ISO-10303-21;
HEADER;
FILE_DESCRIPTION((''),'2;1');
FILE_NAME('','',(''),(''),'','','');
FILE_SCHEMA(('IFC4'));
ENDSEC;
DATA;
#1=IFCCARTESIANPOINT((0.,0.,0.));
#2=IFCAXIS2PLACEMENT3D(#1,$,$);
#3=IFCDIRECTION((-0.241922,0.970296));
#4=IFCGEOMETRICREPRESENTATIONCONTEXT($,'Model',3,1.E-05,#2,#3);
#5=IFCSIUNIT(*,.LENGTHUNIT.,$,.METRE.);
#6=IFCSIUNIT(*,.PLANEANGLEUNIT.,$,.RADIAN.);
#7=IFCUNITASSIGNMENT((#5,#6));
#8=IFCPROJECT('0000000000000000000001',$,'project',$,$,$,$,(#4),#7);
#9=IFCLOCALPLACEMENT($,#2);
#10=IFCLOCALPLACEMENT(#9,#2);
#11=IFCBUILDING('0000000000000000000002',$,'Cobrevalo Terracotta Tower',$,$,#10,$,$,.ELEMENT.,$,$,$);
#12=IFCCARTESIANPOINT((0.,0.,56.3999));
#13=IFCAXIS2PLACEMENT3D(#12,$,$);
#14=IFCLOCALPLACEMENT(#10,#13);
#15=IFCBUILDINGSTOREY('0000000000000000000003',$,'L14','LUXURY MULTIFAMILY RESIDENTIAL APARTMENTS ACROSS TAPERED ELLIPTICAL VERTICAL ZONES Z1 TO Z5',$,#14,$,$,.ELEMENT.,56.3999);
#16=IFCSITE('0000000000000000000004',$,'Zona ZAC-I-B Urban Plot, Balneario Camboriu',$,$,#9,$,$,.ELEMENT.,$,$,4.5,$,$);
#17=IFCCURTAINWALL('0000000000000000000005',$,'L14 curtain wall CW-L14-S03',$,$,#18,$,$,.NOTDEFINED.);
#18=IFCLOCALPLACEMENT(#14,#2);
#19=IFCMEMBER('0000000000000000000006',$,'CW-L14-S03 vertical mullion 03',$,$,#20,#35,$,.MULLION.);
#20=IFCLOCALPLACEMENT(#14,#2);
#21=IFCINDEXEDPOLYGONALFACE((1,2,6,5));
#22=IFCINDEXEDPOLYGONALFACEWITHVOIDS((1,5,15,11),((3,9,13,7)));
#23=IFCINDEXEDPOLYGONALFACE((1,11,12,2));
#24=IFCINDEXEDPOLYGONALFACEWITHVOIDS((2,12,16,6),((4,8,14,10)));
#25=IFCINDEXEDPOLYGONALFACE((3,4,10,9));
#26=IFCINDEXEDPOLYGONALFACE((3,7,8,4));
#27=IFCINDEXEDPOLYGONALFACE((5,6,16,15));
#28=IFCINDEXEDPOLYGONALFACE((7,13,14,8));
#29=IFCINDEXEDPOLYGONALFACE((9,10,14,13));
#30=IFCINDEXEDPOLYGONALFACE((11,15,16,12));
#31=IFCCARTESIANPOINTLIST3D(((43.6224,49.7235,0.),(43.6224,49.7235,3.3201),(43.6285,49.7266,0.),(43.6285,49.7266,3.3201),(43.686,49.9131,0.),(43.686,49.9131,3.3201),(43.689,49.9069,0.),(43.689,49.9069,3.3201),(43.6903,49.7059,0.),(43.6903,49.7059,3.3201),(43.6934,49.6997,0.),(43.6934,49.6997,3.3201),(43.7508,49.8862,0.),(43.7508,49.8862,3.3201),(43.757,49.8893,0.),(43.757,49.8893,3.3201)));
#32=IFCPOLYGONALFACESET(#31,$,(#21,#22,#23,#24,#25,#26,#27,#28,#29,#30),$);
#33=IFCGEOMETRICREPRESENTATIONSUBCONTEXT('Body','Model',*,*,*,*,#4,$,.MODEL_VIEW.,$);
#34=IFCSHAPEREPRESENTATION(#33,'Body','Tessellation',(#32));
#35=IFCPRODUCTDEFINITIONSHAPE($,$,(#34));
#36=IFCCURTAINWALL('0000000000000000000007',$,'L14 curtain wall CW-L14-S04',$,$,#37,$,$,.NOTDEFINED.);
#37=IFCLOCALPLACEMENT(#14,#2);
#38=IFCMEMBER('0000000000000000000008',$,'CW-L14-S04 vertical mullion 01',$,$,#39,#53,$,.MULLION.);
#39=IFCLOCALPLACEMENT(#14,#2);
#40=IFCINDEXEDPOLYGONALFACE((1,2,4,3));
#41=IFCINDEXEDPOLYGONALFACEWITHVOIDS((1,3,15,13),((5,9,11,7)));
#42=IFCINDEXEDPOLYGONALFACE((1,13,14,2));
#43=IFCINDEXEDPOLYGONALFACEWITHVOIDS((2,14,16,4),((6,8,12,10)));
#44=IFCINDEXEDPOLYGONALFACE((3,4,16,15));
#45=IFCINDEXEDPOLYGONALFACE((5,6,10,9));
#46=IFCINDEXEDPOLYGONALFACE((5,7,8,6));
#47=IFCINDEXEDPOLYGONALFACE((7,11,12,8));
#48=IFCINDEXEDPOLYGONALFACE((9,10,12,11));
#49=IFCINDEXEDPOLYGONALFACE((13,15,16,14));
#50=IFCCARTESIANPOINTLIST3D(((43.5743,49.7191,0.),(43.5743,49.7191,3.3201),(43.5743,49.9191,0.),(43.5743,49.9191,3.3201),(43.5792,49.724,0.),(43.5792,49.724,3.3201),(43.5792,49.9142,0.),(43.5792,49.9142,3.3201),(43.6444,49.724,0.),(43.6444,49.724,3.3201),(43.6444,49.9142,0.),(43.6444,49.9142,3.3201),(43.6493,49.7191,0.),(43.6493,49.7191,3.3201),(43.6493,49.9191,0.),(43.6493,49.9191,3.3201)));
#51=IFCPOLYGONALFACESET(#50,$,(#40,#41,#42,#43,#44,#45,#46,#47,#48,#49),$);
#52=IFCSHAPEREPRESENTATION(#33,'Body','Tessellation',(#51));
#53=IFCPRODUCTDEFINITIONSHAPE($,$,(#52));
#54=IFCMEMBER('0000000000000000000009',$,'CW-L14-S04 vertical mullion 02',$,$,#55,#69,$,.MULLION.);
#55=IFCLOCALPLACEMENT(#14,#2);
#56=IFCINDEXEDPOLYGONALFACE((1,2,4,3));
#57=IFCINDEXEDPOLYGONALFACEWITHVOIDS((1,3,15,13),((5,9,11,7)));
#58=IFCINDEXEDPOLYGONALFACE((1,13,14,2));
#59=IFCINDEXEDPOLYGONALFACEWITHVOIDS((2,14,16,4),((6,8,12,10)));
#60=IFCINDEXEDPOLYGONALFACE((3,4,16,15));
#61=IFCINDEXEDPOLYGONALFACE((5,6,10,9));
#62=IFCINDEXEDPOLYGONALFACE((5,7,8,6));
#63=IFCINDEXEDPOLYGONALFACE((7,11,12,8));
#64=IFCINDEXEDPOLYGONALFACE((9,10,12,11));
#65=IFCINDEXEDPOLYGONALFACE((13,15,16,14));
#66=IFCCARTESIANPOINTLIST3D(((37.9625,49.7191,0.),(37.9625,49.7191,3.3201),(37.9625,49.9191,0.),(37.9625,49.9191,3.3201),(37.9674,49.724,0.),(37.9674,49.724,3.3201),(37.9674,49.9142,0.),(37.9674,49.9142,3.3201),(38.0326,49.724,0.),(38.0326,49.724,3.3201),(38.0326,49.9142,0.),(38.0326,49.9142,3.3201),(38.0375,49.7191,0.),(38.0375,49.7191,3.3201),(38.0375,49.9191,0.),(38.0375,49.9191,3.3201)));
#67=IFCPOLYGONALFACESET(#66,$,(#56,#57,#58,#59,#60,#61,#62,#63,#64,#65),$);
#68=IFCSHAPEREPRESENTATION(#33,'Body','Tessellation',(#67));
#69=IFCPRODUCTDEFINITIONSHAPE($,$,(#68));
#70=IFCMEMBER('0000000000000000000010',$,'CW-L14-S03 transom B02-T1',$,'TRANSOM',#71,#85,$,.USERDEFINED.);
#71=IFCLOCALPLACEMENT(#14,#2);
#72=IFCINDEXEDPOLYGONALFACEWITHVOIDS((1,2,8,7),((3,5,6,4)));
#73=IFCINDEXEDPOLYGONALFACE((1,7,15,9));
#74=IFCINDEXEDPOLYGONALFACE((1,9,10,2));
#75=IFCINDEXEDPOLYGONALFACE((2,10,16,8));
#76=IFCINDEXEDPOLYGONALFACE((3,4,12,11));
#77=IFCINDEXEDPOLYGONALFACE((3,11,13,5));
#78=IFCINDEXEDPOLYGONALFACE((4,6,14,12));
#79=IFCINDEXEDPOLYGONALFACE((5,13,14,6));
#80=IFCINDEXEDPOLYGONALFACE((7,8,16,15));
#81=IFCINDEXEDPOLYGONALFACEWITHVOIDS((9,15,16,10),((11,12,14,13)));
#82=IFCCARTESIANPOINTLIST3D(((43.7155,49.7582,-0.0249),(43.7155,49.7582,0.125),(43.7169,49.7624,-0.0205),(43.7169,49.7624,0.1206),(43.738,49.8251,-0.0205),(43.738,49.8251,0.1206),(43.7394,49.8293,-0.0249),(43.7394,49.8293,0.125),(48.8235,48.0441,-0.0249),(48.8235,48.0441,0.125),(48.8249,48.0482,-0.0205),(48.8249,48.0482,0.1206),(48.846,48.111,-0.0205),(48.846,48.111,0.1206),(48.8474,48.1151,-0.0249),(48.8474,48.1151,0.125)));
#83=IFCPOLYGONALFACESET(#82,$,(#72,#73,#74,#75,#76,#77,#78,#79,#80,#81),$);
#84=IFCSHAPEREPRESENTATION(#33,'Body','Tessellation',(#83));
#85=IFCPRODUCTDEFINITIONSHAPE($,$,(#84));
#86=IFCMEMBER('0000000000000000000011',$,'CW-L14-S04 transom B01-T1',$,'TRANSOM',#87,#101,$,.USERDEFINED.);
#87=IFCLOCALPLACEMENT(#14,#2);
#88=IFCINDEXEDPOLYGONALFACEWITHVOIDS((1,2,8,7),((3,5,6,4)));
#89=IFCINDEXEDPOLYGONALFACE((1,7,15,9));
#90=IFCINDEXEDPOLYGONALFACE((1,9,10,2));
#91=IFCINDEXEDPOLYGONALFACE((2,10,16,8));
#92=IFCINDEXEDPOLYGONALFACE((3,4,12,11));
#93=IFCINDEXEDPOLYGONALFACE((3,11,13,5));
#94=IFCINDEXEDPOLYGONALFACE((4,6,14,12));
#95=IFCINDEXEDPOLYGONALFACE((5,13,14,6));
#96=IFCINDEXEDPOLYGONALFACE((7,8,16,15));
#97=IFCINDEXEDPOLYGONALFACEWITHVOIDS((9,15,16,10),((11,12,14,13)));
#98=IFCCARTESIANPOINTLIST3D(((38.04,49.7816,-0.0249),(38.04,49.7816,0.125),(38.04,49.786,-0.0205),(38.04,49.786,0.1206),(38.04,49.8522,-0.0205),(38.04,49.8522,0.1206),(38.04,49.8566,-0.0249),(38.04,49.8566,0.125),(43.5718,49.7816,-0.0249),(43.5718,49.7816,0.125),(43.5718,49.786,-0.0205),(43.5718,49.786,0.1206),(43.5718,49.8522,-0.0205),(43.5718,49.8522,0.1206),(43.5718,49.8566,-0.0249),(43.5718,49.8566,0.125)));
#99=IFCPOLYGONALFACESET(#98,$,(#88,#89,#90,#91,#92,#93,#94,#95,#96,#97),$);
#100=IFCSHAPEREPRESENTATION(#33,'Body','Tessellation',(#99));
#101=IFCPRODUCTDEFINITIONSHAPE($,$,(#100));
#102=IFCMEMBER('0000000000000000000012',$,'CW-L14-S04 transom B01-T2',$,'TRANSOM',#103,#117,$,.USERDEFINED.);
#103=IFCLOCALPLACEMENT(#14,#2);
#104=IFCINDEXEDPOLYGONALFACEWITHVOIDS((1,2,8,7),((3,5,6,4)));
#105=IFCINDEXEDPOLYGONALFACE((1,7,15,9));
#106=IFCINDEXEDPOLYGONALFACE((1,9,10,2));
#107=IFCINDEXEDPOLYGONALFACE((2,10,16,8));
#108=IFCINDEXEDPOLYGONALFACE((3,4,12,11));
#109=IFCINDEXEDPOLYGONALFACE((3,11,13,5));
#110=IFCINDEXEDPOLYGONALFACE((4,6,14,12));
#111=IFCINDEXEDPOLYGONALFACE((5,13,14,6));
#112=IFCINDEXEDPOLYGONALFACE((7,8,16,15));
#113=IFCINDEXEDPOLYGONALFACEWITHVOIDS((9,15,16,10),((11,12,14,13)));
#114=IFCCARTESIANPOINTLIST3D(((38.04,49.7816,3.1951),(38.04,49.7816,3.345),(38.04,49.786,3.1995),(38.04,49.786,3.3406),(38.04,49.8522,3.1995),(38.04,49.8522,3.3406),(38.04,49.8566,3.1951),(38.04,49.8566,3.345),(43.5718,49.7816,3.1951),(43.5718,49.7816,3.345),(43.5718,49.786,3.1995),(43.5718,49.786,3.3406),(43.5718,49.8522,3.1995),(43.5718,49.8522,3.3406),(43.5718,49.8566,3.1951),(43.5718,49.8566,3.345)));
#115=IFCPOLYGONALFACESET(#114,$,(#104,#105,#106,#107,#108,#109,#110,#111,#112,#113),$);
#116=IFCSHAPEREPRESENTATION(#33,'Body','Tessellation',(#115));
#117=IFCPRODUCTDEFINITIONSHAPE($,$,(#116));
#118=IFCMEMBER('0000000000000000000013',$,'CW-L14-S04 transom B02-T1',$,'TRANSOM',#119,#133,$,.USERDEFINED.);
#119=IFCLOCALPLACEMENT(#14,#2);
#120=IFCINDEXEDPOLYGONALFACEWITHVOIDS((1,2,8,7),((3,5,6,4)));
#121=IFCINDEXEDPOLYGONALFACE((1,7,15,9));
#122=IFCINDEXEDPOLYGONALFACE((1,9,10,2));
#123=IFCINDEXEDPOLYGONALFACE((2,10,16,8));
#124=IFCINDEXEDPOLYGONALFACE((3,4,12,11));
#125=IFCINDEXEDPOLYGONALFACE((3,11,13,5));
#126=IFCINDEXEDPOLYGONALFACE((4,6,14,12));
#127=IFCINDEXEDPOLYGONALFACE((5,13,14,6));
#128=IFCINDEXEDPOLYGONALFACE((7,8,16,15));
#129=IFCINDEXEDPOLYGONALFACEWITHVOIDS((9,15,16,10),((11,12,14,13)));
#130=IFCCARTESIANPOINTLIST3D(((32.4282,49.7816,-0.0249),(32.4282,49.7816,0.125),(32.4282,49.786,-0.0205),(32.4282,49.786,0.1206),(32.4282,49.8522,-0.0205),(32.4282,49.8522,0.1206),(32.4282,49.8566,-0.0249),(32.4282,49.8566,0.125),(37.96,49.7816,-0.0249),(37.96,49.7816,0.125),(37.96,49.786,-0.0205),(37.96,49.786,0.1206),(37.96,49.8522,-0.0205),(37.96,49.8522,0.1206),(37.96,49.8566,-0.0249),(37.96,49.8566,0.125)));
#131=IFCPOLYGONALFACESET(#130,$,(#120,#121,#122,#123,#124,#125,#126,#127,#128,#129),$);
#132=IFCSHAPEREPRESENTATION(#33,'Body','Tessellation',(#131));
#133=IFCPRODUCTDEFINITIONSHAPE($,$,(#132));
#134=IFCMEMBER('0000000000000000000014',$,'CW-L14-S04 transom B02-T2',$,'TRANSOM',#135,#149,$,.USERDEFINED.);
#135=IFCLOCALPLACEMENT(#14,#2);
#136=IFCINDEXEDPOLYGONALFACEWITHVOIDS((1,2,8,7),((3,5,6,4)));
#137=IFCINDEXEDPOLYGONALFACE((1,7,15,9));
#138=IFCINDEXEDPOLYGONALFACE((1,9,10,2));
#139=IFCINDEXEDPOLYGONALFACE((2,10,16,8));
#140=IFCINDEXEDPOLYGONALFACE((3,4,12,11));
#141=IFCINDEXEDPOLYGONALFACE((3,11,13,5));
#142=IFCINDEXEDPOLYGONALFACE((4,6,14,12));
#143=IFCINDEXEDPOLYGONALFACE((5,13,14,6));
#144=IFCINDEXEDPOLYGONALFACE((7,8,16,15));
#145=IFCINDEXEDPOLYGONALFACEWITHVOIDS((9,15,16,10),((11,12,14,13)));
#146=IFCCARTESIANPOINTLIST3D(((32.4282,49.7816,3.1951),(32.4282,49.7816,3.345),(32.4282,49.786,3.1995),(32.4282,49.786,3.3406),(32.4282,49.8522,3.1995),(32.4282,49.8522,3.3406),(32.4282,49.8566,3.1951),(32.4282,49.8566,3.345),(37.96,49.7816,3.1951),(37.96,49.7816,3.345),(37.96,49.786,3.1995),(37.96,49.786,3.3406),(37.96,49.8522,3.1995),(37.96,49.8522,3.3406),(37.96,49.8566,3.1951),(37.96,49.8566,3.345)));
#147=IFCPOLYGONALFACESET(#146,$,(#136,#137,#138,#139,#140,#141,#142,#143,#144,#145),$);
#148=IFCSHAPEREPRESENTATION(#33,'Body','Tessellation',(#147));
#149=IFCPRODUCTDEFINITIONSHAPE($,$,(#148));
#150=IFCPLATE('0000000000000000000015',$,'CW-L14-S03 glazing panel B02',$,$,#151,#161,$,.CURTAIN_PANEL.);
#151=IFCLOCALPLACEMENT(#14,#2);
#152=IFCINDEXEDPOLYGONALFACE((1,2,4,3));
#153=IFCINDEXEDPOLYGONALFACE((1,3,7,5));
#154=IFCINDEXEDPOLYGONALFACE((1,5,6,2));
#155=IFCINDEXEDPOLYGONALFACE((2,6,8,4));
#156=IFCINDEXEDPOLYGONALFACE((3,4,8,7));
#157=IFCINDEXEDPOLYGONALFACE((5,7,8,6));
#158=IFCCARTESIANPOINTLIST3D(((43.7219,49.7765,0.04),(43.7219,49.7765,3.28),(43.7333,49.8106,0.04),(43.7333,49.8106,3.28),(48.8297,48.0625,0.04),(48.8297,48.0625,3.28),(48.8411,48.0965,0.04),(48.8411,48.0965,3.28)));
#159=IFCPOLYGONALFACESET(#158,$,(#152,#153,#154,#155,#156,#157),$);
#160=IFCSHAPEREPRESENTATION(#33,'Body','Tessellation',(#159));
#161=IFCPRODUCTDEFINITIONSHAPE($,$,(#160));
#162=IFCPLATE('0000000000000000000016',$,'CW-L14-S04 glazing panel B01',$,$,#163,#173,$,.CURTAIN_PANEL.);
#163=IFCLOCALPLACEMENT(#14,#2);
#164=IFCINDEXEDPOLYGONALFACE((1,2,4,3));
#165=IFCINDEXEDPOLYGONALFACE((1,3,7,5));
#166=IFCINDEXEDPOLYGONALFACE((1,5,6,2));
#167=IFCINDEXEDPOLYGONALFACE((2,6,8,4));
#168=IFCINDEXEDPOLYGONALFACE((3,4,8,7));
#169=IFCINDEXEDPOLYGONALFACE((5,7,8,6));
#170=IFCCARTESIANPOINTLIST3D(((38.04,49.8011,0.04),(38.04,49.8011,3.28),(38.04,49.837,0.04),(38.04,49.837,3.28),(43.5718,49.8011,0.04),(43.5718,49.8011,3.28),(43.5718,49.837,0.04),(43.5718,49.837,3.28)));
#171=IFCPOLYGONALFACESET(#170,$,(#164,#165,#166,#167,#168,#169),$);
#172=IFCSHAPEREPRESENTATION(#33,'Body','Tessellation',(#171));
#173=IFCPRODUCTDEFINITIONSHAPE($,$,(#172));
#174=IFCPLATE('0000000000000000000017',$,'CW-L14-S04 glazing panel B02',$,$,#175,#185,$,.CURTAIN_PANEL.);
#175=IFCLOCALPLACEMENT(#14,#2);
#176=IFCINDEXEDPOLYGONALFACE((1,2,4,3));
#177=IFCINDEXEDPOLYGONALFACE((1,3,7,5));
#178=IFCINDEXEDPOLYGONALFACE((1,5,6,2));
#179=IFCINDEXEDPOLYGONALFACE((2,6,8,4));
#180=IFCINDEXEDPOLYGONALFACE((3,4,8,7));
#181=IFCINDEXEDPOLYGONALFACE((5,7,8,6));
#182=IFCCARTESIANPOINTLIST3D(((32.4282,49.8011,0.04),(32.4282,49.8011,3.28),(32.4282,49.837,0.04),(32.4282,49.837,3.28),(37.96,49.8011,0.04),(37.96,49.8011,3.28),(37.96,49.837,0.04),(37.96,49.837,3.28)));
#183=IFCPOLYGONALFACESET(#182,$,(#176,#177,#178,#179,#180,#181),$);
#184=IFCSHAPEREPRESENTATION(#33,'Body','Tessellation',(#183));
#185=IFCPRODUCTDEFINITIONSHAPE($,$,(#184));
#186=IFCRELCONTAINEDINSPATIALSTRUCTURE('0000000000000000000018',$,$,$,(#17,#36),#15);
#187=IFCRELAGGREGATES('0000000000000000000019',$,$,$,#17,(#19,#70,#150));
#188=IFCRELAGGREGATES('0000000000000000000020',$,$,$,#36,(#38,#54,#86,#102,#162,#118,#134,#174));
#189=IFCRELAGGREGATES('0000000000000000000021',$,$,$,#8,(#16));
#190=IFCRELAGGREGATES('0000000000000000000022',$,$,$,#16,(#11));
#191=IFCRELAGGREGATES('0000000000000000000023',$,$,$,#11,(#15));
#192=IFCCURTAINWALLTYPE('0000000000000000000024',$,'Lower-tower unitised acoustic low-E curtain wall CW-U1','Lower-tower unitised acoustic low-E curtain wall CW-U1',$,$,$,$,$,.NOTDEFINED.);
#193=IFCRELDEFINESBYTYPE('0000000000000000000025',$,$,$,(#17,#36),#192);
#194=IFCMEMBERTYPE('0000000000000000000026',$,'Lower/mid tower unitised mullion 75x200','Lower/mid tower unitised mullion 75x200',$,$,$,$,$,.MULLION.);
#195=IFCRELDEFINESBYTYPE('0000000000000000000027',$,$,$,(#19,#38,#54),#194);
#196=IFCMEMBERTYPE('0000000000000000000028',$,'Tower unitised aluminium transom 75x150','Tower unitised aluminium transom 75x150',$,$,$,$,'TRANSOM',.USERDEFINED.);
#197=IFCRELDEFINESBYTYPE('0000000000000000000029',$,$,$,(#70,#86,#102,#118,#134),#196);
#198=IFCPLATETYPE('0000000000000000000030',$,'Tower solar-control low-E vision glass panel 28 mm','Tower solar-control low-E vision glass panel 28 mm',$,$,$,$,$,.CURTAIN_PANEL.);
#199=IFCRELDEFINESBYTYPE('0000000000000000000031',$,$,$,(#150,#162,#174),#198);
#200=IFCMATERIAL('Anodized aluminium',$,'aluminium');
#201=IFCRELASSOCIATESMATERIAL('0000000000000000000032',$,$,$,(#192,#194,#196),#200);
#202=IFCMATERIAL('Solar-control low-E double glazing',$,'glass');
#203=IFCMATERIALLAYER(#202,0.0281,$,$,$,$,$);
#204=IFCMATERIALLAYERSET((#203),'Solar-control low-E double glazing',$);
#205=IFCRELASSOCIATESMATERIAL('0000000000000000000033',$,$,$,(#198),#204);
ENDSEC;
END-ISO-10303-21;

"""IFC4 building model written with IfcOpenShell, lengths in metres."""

from ifc_helpers import new_model, si_unit, direction, frame, origin, origin_2d, place, context, subcontext, project, spatial, rectangle, hollow_rectangle, extrude, source, transform, mapped, material, layer, layer_set, material_profile, profile_set, type_object, element, aggregate, save


model = new_model("IFC4")

# Units and contexts
model_context = context("Model", 3, precision=1e-05, world=origin(), true_north=direction((-0.241922, 0.970296)))
body_context = subcontext(model_context, "Body", "Model", "MODEL_VIEW")
ifc_project = project(units=[si_unit("LENGTHUNIT", "METRE"), si_unit("PLANEANGLEUNIT", "RADIAN")], contexts=[model_context])

# Site, building, storey
site_placement = place(None, origin())
site = spatial("IfcSite", under=ifc_project, at=site_placement, Name="Zona ZAC-I-B Urban Plot, Balneario Camboriu", CompositionType="ELEMENT", RefElevation=4.5)
building_placement = place(site_placement, origin())
building = spatial("IfcBuilding", under=site, at=building_placement, Name="Cobrevalo Terracotta Tower", CompositionType="ELEMENT")
storey_placement = place(building_placement, frame((0.0, 0.0, 56.3999)))
storey = spatial("IfcBuildingStorey", under=building, at=storey_placement, Name="L14", Description="LUXURY MULTIFAMILY RESIDENTIAL APARTMENTS ACROSS TAPERED ELLIPTICAL VERTICAL ZONES Z1 TO Z5", CompositionType="ELEMENT", Elevation=56.3999)

# Curtain wall, member
ifc_material_1 = material(Name="Anodized aluminium", Category="aluminium")
curtain_wall_type = type_object("IfcCurtainWallType", Name="Lower-tower unitised acoustic low-E curtain wall CW-U1", Description="Lower-tower unitised acoustic low-E curtain wall CW-U1", PredefinedType="NOTDEFINED", material=ifc_material_1)
curtain_wall_1_placement = place(storey_placement, origin())
curtain_wall_1 = element("IfcCurtainWall", 1, at=curtain_wall_1_placement, inside=storey, type_object=curtain_wall_type, Name="L14 curtain wall CW-L14-S03", PredefinedType="NOTDEFINED")
ifc_material_profile_1 = material_profile(ifc_material_1, hollow_rectangle(XDim=0.075, YDim=0.2, WallThickness=0.0049, at=origin_2d()), Name="CWM 75x200")
ifc_profile_set_1 = profile_set([ifc_material_profile_1], Name="Anodized aluminium")
member_type_1 = type_object("IfcMemberType", Name="Lower/mid tower unitised mullion 75x200", Description="Lower/mid tower unitised mullion 75x200", PredefinedType="MULLION", material=ifc_profile_set_1)
shared_shape_1 = source(origin(), body_context, "Body", "SweptSolid", [
    extrude(hollow_rectangle(XDim=0.075, YDim=0.2, WallThickness=0.0049, at=origin_2d()), origin(), (0.0, 0.0, 1.0), 3.3201),
])
member_1_placement = place(storey_placement, frame((43.6897, 49.8064, 0.0), z_axis=(0.0, 0.0, 1.0), x_axis=(-0.948046, 0.318132, 0.0)))
member_1 = element("IfcMember", 2, at=member_1_placement, type_object=member_type_1, Name="CW-L14-S03 vertical mullion 03", PredefinedType="MULLION", context=body_context, shape_type="MappedRepresentation", body=[
    mapped(shared_shape_1, transform((0.0, 0.0, 0.0), scale=1.0)),
])

# Curtain wall, members
curtain_wall_2_placement = place(storey_placement, origin())
curtain_wall_2 = element("IfcCurtainWall", 3, at=curtain_wall_2_placement, inside=storey, type_object=curtain_wall_type, Name="L14 curtain wall CW-L14-S04", PredefinedType="NOTDEFINED")
member_2_placement = place(storey_placement, frame((43.6118, 49.8191, 0.0), z_axis=(0.0, 0.0, 1.0), x_axis=(-1.0, 0.0, 0.0)))
member_2 = element("IfcMember", 4, at=member_2_placement, type_object=member_type_1, Name="CW-L14-S04 vertical mullion 01", PredefinedType="MULLION", context=body_context, shape_type="MappedRepresentation", body=[
    mapped(shared_shape_1, transform((0.0, 0.0, 0.0), scale=1.0)),
])
member_3_placement = place(storey_placement, frame((38.0, 49.8191, 0.0), z_axis=(0.0, 0.0, 1.0), x_axis=(-1.0, 0.0, 0.0)))
member_3 = element("IfcMember", 5, at=member_3_placement, type_object=member_type_1, Name="CW-L14-S04 vertical mullion 02", PredefinedType="MULLION", context=body_context, shape_type="MappedRepresentation", body=[
    mapped(shared_shape_1, transform((0.0, 0.0, 0.0), scale=1.0)),
])

# Members
ifc_material_profile_2 = material_profile(ifc_material_1, hollow_rectangle(XDim=0.075, YDim=0.1499, WallThickness=0.0044, at=origin_2d()), Name="CWT 75x150")
ifc_profile_set_2 = profile_set([ifc_material_profile_2], Name="Anodized aluminium")
member_type_2 = type_object("IfcMemberType", Name="Tower unitised aluminium transom 75x150", Description="Tower unitised aluminium transom 75x150", ElementType="TRANSOM", PredefinedType="USERDEFINED", material=ifc_profile_set_2)
shared_shape_2 = source(origin(), body_context, "Body", "SweptSolid", [
    extrude(hollow_rectangle(XDim=0.075, YDim=0.1499, WallThickness=0.0044, at=origin_2d()), origin(), (0.0, 0.0, 1.0), 5.3879),
])
member_4_placement = place(storey_placement, frame((48.8354, 48.0796, 0.05), z_axis=(-0.948042, 0.318144, 0.0), x_axis=(-0.318144, -0.948042, 0.0)))
member_4 = element("IfcMember", 6, at=member_4_placement, type_object=member_type_2, Name="CW-L14-S03 transom B02-T1", ObjectType="TRANSOM", PredefinedType="USERDEFINED", context=body_context, shape_type="MappedRepresentation", body=[
    mapped(shared_shape_2, transform((0.0, 0.0, 0.0), scale=1.0)),
])
shared_shape_3 = source(origin(), body_context, "Body", "SweptSolid", [
    extrude(hollow_rectangle(XDim=0.075, YDim=0.1499, WallThickness=0.0044, at=origin_2d()), origin(), (0.0, 0.0, 1.0), 5.5317),
])
member_5_placement = place(storey_placement, frame((43.5718, 49.8191, 0.05), z_axis=(-1.0, 0.0, 0.0), x_axis=(0.0, -1.0, 0.0)))
member_5 = element("IfcMember", 7, at=member_5_placement, type_object=member_type_2, Name="CW-L14-S04 transom B01-T1", ObjectType="TRANSOM", PredefinedType="USERDEFINED", context=body_context, shape_type="MappedRepresentation", body=[
    mapped(shared_shape_3, transform((0.0, 0.0, 0.0), scale=1.0)),
])
member_6_placement = place(storey_placement, frame((43.5718, 49.8191, 3.27), z_axis=(-1.0, 0.0, 0.0), x_axis=(0.0, -1.0, 0.0)))
member_6 = element("IfcMember", 8, at=member_6_placement, type_object=member_type_2, Name="CW-L14-S04 transom B01-T2", ObjectType="TRANSOM", PredefinedType="USERDEFINED", context=body_context, shape_type="MappedRepresentation", body=[
    mapped(shared_shape_3, transform((0.0, 0.0, 0.0), scale=1.0)),
])
member_7_placement = place(storey_placement, frame((37.96, 49.8191, 0.05), z_axis=(-1.0, 0.0, 0.0), x_axis=(0.0, -1.0, 0.0)))
member_7 = element("IfcMember", 9, at=member_7_placement, type_object=member_type_2, Name="CW-L14-S04 transom B02-T1", ObjectType="TRANSOM", PredefinedType="USERDEFINED", context=body_context, shape_type="MappedRepresentation", body=[
    mapped(shared_shape_3, transform((0.0, 0.0, 0.0), scale=1.0)),
])
member_8_placement = place(storey_placement, frame((37.96, 49.8191, 3.27), z_axis=(-1.0, 0.0, 0.0), x_axis=(0.0, -1.0, 0.0)))
member_8 = element("IfcMember", 10, at=member_8_placement, type_object=member_type_2, Name="CW-L14-S04 transom B02-T2", ObjectType="TRANSOM", PredefinedType="USERDEFINED", context=body_context, shape_type="MappedRepresentation", body=[
    mapped(shared_shape_3, transform((0.0, 0.0, 0.0), scale=1.0)),
])

# Plates
ifc_material_2 = material(Name="Solar-control low-E double glazing", Category="glass")
ifc_layer_1 = layer(ifc_material_2, 0.0281)
ifc_layer_set_1 = layer_set([ifc_layer_1], Name="Solar-control low-E double glazing")
plate_type = type_object("IfcPlateType", Name="Tower solar-control low-E vision glass panel 28 mm", Description="Tower solar-control low-E vision glass panel 28 mm", PredefinedType="CURTAIN_PANEL", material=ifc_layer_set_1)
shared_shape_4 = source(origin(), body_context, "Body", "SweptSolid", [
    extrude(rectangle(XDim=5.3877, YDim=0.0359, at=origin_2d()), origin(), (0.0, 0.0, 1.0), 3.24),
])
plate_1_placement = place(storey_placement, frame((46.2815, 48.9365, 0.04), z_axis=(0.0, 0.0, 1.0), x_axis=(-0.948044, 0.318139, 0.0)))
plate_1 = element("IfcPlate", 11, at=plate_1_placement, type_object=plate_type, Name="CW-L14-S03 glazing panel B02", PredefinedType="CURTAIN_PANEL", context=body_context, shape_type="MappedRepresentation", body=[
    mapped(shared_shape_4, transform((0.0, 0.0, 0.0), scale=1.0)),
])
aggregate(curtain_wall_1, [member_1, member_4, plate_1])
shared_shape_5 = source(origin(), body_context, "Body", "SweptSolid", [
    extrude(rectangle(XDim=5.5317, YDim=0.0359, at=origin_2d()), origin(), (0.0, 0.0, 1.0), 3.24),
])
plate_2_placement = place(storey_placement, frame((40.8059, 49.8191, 0.04), z_axis=(0.0, 0.0, 1.0), x_axis=(-1.0, 0.0, 0.0)))
plate_2 = element("IfcPlate", 12, at=plate_2_placement, type_object=plate_type, Name="CW-L14-S04 glazing panel B01", PredefinedType="CURTAIN_PANEL", context=body_context, shape_type="MappedRepresentation", body=[
    mapped(shared_shape_5, transform((0.0, 0.0, 0.0), scale=1.0)),
])
plate_3_placement = place(storey_placement, frame((35.1941, 49.8191, 0.04), z_axis=(0.0, 0.0, 1.0), x_axis=(-1.0, 0.0, 0.0)))
plate_3 = element("IfcPlate", 13, at=plate_3_placement, type_object=plate_type, Name="CW-L14-S04 glazing panel B02", PredefinedType="CURTAIN_PANEL", context=body_context, shape_type="MappedRepresentation", body=[
    mapped(shared_shape_5, transform((0.0, 0.0, 0.0), scale=1.0)),
])
aggregate(curtain_wall_2, [member_2, member_3, member_5, member_6, plate_2, member_7, member_8, plate_3])

save(model, "model.ifc")
